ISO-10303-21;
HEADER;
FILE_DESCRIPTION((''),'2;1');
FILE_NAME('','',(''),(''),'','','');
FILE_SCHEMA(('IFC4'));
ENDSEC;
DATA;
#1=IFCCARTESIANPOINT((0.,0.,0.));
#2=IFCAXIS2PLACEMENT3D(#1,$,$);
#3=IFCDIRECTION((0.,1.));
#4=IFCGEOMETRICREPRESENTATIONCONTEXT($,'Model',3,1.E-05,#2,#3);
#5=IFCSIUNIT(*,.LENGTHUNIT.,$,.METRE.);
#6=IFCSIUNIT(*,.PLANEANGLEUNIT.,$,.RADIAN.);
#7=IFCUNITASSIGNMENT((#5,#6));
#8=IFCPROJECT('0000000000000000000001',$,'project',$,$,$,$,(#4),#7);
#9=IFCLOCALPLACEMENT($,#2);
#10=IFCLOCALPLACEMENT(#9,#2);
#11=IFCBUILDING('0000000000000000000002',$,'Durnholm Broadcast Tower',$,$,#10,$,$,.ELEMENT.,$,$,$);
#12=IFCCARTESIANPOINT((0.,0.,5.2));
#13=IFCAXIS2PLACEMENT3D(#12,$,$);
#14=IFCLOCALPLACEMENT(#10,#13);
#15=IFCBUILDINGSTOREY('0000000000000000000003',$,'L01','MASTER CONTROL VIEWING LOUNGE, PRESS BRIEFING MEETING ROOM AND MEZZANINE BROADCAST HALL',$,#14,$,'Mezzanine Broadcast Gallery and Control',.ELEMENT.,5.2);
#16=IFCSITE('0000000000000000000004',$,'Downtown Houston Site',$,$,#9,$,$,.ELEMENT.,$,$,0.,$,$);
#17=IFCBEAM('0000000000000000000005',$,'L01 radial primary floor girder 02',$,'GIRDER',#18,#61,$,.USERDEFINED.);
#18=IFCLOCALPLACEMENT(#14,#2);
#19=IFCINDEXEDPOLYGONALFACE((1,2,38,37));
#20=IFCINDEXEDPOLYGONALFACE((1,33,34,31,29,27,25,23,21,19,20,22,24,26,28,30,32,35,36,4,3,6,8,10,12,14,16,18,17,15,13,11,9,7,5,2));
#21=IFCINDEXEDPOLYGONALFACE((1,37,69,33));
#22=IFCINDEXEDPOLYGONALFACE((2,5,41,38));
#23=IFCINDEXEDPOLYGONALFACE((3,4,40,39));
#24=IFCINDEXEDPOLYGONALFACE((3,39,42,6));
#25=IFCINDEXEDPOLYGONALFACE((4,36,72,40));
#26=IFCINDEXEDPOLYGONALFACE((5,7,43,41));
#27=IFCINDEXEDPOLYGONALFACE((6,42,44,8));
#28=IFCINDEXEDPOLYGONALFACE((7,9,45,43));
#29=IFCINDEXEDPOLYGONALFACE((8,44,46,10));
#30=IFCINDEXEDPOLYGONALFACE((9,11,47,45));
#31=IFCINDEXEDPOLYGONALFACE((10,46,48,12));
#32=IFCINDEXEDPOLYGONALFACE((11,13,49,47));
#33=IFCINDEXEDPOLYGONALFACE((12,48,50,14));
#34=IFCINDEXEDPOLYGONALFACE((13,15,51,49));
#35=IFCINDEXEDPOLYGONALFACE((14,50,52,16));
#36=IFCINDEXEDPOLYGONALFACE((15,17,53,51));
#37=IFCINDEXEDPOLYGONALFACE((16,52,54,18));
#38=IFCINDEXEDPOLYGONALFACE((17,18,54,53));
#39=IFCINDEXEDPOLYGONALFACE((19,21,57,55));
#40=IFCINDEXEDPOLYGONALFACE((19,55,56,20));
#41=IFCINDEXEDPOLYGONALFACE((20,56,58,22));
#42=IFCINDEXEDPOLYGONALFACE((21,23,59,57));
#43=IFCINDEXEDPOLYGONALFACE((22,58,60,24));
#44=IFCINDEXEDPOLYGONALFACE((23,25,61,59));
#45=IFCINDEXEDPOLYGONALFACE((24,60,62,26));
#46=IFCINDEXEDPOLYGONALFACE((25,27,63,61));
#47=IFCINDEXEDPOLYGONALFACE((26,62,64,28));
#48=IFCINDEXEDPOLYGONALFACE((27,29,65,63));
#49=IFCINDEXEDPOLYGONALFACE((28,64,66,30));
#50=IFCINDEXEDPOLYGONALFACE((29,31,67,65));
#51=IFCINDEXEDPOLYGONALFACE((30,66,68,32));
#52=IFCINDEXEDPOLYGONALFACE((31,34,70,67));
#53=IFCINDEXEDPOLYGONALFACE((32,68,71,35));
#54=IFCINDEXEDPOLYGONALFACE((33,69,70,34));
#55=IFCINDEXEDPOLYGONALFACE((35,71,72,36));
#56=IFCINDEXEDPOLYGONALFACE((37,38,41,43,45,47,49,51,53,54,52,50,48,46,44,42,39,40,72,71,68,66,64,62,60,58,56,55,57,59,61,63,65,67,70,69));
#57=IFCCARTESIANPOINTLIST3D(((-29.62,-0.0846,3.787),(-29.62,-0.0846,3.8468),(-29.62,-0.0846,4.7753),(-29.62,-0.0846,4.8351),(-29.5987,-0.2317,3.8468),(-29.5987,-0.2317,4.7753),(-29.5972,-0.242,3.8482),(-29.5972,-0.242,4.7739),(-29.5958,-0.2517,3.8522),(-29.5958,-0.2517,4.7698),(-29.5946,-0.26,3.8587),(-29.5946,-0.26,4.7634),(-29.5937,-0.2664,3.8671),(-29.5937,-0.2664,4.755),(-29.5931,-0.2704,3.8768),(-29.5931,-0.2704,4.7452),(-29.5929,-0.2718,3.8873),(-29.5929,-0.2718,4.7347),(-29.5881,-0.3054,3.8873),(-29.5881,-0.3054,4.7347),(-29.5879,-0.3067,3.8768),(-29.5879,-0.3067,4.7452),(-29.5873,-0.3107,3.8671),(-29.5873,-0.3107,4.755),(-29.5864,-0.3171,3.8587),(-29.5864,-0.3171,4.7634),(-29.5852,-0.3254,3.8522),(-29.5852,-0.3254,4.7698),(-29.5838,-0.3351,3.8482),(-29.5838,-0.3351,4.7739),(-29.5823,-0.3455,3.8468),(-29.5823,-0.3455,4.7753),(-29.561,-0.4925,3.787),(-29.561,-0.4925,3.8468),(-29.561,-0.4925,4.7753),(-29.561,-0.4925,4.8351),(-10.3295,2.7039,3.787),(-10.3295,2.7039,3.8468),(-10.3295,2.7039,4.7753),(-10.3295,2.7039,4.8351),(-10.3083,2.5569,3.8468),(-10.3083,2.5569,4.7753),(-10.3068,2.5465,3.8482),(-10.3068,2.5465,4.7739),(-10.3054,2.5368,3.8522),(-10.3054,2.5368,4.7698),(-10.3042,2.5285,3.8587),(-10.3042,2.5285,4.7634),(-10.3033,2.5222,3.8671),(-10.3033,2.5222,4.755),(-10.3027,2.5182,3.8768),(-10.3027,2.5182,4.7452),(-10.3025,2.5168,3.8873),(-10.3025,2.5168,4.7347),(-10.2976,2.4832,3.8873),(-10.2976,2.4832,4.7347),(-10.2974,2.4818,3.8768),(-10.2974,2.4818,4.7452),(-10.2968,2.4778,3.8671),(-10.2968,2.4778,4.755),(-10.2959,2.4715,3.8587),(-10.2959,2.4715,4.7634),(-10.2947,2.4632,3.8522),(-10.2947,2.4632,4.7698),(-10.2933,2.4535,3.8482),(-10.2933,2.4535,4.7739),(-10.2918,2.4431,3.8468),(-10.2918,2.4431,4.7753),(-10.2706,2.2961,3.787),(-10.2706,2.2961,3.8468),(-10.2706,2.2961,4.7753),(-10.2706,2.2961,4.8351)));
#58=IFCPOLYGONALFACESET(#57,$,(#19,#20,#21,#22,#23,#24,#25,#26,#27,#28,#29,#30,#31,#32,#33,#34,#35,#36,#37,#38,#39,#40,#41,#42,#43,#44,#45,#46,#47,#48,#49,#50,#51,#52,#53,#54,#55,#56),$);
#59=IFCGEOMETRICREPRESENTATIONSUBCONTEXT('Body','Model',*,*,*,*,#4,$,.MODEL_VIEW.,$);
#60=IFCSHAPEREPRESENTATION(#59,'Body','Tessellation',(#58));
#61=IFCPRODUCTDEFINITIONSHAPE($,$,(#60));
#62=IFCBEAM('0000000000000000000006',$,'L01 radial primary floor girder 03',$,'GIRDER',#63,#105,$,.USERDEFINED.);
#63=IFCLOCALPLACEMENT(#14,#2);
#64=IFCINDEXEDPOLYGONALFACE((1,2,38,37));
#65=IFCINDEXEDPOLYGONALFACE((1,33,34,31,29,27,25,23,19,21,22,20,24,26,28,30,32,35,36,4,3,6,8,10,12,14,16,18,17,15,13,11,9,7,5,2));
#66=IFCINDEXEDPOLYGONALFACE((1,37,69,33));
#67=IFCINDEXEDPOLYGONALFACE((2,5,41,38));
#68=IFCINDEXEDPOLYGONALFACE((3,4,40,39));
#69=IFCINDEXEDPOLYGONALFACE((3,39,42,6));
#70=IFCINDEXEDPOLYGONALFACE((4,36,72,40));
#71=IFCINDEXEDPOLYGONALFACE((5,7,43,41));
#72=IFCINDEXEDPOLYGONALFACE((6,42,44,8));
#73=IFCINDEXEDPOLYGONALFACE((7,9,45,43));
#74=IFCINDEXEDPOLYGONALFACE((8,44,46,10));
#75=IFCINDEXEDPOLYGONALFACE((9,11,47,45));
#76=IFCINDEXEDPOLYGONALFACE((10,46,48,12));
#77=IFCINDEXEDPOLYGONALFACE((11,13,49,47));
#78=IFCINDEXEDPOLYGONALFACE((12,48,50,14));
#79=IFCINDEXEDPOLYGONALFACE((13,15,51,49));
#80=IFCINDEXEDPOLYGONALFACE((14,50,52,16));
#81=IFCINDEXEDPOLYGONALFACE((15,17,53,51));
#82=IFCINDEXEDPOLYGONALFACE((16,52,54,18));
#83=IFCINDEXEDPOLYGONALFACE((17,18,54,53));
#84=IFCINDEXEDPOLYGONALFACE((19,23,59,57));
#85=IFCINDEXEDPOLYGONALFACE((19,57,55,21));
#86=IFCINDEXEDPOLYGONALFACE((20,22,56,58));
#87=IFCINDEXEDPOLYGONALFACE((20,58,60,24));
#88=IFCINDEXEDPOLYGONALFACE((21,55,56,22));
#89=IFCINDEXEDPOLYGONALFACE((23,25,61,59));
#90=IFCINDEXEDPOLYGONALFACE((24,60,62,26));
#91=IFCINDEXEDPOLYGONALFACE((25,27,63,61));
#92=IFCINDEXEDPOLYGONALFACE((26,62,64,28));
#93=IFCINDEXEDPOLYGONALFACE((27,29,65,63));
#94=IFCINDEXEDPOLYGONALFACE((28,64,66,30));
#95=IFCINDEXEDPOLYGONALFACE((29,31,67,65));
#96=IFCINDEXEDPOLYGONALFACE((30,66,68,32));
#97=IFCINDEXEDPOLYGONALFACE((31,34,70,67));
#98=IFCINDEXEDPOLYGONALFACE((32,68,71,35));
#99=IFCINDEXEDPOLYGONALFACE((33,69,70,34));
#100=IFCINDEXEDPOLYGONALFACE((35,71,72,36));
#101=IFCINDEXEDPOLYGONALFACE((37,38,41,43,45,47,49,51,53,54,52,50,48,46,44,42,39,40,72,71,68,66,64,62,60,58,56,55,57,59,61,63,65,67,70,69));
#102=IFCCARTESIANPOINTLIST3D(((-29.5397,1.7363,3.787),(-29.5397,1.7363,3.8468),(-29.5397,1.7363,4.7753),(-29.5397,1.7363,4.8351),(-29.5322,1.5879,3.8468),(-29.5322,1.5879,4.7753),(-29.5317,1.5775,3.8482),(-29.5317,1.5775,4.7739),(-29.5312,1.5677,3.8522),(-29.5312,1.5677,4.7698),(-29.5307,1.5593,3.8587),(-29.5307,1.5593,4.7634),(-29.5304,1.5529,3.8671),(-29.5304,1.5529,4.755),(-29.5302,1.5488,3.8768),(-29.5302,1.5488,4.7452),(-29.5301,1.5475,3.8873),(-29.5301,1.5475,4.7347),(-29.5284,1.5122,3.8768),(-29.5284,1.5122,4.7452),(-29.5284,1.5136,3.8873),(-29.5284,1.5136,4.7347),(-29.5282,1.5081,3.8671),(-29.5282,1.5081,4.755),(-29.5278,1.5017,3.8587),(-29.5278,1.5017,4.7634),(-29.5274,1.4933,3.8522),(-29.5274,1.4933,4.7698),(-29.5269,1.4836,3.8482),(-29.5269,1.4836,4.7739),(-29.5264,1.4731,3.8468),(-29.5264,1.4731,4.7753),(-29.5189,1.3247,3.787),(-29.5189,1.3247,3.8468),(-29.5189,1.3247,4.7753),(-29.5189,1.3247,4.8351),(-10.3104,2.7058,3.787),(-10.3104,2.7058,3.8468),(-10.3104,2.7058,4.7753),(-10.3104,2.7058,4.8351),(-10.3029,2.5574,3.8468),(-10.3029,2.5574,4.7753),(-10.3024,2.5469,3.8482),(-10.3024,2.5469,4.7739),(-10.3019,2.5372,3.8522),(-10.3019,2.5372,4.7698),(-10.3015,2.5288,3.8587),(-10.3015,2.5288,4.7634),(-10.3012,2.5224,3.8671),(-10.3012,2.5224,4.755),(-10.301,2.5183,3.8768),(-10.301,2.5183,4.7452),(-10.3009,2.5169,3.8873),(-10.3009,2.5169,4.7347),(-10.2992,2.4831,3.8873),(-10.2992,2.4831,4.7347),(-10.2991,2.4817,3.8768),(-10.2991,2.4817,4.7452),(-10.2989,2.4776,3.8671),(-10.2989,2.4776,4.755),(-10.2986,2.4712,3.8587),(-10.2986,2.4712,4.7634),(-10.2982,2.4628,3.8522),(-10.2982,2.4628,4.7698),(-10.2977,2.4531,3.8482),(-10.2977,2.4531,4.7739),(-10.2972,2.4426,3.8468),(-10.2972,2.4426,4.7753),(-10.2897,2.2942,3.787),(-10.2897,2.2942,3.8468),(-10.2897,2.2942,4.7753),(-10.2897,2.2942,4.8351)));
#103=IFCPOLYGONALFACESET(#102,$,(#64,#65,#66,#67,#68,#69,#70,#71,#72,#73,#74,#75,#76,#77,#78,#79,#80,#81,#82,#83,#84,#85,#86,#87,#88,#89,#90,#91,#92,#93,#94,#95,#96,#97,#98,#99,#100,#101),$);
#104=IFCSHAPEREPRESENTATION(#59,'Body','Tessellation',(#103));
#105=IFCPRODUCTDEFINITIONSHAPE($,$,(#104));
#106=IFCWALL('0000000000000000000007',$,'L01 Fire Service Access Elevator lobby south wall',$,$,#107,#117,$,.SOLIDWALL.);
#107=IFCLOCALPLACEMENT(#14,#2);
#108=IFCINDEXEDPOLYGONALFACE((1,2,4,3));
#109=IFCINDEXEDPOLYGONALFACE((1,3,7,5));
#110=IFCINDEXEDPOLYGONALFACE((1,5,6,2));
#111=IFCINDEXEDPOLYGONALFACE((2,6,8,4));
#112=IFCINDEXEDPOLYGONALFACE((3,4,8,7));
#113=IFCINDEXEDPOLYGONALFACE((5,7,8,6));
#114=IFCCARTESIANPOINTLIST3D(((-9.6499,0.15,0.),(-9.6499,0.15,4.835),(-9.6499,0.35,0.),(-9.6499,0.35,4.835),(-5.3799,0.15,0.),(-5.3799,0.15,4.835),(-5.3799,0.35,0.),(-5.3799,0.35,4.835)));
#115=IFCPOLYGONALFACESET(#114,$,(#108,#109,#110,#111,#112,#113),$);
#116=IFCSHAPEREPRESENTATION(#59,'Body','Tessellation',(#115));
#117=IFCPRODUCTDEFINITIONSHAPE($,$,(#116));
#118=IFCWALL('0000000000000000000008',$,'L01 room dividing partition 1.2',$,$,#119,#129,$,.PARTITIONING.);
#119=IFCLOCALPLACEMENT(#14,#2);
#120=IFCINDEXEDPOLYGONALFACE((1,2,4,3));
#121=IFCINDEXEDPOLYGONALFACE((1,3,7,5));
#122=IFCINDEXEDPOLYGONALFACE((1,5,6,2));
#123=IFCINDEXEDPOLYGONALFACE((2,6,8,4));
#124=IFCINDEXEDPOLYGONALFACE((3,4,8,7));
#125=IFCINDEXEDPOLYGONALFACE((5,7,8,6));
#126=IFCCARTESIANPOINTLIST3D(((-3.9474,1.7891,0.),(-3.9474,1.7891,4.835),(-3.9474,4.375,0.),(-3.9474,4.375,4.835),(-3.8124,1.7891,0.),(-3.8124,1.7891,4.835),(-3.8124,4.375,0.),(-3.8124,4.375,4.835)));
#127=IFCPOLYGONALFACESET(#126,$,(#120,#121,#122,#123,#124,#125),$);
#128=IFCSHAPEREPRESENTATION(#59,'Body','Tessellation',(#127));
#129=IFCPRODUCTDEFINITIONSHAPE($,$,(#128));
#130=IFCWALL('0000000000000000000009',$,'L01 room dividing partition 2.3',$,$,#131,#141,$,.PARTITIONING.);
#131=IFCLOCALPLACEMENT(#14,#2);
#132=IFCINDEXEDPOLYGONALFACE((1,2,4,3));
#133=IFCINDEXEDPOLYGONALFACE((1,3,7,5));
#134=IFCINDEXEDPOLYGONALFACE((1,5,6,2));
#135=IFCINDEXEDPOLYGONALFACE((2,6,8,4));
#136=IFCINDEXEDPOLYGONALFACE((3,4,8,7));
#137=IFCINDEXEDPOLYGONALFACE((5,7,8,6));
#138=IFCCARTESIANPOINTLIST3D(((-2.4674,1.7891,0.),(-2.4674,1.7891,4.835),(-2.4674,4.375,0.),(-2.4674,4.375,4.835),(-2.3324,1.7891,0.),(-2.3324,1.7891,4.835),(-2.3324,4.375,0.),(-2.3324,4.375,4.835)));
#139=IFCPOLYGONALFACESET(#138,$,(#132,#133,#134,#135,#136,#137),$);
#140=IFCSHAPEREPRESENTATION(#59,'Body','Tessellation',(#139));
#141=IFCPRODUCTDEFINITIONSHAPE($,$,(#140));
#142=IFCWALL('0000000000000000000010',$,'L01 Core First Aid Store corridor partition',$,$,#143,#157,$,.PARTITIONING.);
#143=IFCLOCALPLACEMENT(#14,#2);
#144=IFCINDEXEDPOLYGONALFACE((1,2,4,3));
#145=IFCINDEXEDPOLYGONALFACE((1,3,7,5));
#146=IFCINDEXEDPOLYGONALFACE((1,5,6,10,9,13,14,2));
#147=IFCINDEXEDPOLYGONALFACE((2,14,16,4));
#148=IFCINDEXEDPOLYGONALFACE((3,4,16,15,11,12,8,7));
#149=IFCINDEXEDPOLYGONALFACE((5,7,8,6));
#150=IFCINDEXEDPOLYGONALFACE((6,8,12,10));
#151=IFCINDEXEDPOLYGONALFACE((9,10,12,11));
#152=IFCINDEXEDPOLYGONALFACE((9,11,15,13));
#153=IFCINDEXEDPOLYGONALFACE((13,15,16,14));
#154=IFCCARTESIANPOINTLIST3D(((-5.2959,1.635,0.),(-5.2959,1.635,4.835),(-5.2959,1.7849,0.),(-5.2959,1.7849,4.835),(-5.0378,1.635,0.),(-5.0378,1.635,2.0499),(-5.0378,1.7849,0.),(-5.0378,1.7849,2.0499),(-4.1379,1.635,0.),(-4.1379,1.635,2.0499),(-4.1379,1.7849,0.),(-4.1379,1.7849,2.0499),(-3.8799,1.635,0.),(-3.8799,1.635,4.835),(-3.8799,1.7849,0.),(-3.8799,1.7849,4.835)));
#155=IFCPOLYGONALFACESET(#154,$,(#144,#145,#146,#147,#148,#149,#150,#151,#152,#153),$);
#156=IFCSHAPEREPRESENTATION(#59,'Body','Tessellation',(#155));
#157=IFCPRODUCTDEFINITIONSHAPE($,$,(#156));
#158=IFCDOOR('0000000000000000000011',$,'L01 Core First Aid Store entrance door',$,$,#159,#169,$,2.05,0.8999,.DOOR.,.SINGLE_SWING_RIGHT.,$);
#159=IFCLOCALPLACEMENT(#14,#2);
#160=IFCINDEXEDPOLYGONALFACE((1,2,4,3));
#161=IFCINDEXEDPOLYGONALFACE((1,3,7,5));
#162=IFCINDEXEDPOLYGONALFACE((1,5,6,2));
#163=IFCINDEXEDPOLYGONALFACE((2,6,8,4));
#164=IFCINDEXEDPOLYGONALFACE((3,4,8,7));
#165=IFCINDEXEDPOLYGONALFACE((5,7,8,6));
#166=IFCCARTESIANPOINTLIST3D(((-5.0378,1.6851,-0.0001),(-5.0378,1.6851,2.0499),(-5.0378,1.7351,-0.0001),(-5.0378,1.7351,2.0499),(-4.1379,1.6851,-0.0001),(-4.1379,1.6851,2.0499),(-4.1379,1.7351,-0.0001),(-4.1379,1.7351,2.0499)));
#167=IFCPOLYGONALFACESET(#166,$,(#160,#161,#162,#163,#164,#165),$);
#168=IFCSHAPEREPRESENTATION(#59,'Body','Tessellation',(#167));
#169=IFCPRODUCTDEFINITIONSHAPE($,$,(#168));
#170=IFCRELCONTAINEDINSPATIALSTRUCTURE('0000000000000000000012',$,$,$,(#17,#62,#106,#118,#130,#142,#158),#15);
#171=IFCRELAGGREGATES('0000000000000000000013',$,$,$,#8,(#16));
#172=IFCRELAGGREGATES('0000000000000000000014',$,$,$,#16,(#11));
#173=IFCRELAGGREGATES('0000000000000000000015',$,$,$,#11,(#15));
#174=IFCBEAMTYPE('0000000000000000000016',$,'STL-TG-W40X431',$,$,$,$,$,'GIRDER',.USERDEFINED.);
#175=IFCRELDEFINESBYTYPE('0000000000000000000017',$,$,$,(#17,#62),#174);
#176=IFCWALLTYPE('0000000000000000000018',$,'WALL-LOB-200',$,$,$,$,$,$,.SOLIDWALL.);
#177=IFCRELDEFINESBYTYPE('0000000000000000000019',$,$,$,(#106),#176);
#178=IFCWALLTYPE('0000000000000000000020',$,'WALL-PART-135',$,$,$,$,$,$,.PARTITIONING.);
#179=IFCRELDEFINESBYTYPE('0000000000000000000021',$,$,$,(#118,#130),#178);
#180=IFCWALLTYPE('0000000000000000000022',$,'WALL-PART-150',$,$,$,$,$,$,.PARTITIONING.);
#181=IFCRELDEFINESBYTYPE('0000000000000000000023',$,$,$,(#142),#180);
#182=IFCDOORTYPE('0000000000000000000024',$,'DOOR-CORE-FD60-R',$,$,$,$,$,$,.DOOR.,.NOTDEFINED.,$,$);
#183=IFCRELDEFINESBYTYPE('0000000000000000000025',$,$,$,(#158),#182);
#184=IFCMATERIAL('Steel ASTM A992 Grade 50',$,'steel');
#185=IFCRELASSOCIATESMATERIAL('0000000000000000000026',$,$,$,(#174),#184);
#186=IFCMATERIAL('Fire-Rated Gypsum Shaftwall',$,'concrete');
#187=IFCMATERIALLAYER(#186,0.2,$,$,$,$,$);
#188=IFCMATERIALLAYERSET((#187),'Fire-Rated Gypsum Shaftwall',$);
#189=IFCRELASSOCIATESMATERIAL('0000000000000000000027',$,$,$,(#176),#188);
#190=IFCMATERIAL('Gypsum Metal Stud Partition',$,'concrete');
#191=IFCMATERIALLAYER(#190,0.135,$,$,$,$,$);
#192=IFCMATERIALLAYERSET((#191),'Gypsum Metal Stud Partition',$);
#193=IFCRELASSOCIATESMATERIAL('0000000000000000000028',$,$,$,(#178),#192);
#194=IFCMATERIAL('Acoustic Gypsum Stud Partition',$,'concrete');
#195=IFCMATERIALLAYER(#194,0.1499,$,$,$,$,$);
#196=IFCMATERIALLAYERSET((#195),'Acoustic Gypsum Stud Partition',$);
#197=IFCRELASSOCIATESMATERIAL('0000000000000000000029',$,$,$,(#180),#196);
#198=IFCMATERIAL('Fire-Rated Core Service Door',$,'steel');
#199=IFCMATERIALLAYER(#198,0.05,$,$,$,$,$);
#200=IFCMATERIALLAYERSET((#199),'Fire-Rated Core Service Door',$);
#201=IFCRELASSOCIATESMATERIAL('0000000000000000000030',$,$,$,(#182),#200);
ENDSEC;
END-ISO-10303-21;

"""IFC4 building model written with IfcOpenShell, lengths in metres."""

from ifc_helpers import new_model, si_unit, direction, frame, frame_2d, origin, origin_2d, place, context, subcontext, project, spatial, rectangle, i_section, extrude, source, transform, mapped, material, layer, layer_set, material_profile, profile_set, type_object, type_shapes, element, fill, save


model = new_model("IFC4")

# Units and contexts
model_context = context("Model", 3, precision=1e-05, world=origin(), true_north=direction((0.0, 1.0)))
body_context = subcontext(model_context, "Body", "Model", "MODEL_VIEW")
ifc_project = project(units=[si_unit("LENGTHUNIT", "METRE"), si_unit("PLANEANGLEUNIT", "RADIAN")], contexts=[model_context])

# Site, building, storey
site_placement = place(None, origin())
site = spatial("IfcSite", under=ifc_project, at=site_placement, Name="Downtown Houston Site", CompositionType="ELEMENT", RefElevation=0.0)
building_placement = place(site_placement, origin())
building = spatial("IfcBuilding", under=site, at=building_placement, Name="Durnholm Broadcast Tower", CompositionType="ELEMENT")
storey_placement = place(building_placement, frame((0.0, 0.0, 5.2)))
storey = spatial("IfcBuildingStorey", under=building, at=storey_placement, Name="L01", Description="MASTER CONTROL VIEWING LOUNGE, PRESS BRIEFING MEETING ROOM AND MEZZANINE BROADCAST HALL", LongName="Mezzanine Broadcast Gallery and Control", CompositionType="ELEMENT", Elevation=5.2)

# Beams
ifc_material_1 = material(Name="Steel ASTM A992 Grade 50", Category="steel")
ifc_material_profile = material_profile(ifc_material_1, i_section(OverallWidth=0.4121, OverallDepth=1.0481, WebThickness=0.0339, FlangeThickness=0.0598, FilletRadius=0.0405, at=origin_2d()), Name="W40X431")
ifc_profile_set = profile_set([ifc_material_profile], Name="Steel ASTM A992 Grade 50")
beam_type = type_object("IfcBeamType", Name="STL-TG-W40X431", ElementType="GIRDER", PredefinedType="USERDEFINED", material=ifc_profile_set)
shared_shape_1 = source(origin(), body_context, "Body", "SweptSolid", [
    extrude(i_section(OverallWidth=0.4121, OverallDepth=1.0481, WebThickness=0.0339, FlangeThickness=0.0598, FilletRadius=0.0405, at=origin_2d()), origin(), (0.0, 0.0, 1.0), 19.491),
])
beam_1_placement = place(storey_placement, frame((-10.3, 2.5, 4.311), z_axis=(-0.989713, -0.14307, 0.0), x_axis=(0.14307, -0.989713, 0.0)))
element("IfcBeam", 1, at=beam_1_placement, inside=storey, type_object=beam_type, Name="L01 radial primary floor girder 02", ObjectType="GIRDER", PredefinedType="USERDEFINED", context=body_context, shape_type="MappedRepresentation", body=[
    mapped(shared_shape_1, transform((0.0, 0.0, 0.0), x_axis=(1.0, 0.0, 0.0), y_axis=(0.0, 1.0, 0.0), z_axis=(0.0, 0.0, 1.0), scale=1.0)),
])
shared_shape_2 = source(origin(), body_context, "Body", "SweptSolid", [
    extrude(i_section(OverallWidth=0.4121, OverallDepth=1.0481, WebThickness=0.0339, FlangeThickness=0.0598, FilletRadius=0.0405, at=origin_2d()), origin(), (0.0, 0.0, 1.0), 19.2537),
])
type_shapes(beam_type, [shared_shape_1, shared_shape_2])
beam_2_placement = place(storey_placement, frame((-10.3, 2.5, 4.311), z_axis=(-0.998731, -0.050353, 0.0), x_axis=(0.050353, -0.998731, 0.0)))
element("IfcBeam", 2, at=beam_2_placement, inside=storey, type_object=beam_type, Name="L01 radial primary floor girder 03", ObjectType="GIRDER", PredefinedType="USERDEFINED", context=body_context, shape_type="MappedRepresentation", body=[
    mapped(shared_shape_2, transform((0.0, 0.0, 0.0), x_axis=(1.0, 0.0, 0.0), y_axis=(0.0, 1.0, 0.0), z_axis=(0.0, 0.0, 1.0), scale=1.0)),
])

# Wall
ifc_material_2 = material(Name="Fire-Rated Gypsum Shaftwall", Category="concrete")
ifc_layer_1 = layer(ifc_material_2, 0.2)
ifc_layer_set_1 = layer_set([ifc_layer_1], Name="Fire-Rated Gypsum Shaftwall")
wall_type_1 = type_object("IfcWallType", Name="WALL-LOB-200", PredefinedType="SOLIDWALL", material=ifc_layer_set_1)
wall_1_placement = place(storey_placement, frame((-9.6499, 0.25, 0.0), z_axis=(0.0, 0.0, 1.0), x_axis=(1.0, 0.0, 0.0)))
element("IfcWall", 3, at=wall_1_placement, inside=storey, type_object=wall_type_1, Name="L01 Fire Service Access Elevator lobby south wall", PredefinedType="SOLIDWALL", context=body_context, shape_type="SweptSolid", body=[
    extrude(rectangle(XDim=4.27, YDim=0.2, at=frame_2d((2.135, 0.0))), origin(), (0.0, 0.0, 1.0), 4.835),
])

# Walls
ifc_material_3 = material(Name="Gypsum Metal Stud Partition", Category="concrete")
ifc_layer_2 = layer(ifc_material_3, 0.135)
ifc_layer_set_2 = layer_set([ifc_layer_2], Name="Gypsum Metal Stud Partition")
wall_type_2 = type_object("IfcWallType", Name="WALL-PART-135", PredefinedType="PARTITIONING", material=ifc_layer_set_2)
for number, where, z_axis, x_axis, name in (
    (4, (-3.8799, 4.375, 0.0), (0.0, 0.0, 1.0), (0.0, -1.0, 0.0), "L01 room dividing partition 1.2"),
    (5, (-2.3999, 4.375, 0.0), (0.0, 0.0, 1.0), (0.0, -1.0, 0.0), "L01 room dividing partition 2.3"),
):
    element("IfcWall", number, at=place(storey_placement, frame(where, z_axis=z_axis, x_axis=x_axis)), inside=storey, type_object=wall_type_2, Name=name, PredefinedType="PARTITIONING", context=body_context, shape_type="SweptSolid", body=[
        extrude(rectangle(XDim=2.5859, YDim=0.135, at=frame_2d((1.293, 0.0))), origin(), (0.0, 0.0, 1.0), 4.835),
    ])

# Wall, opening, door
ifc_material_4 = material(Name="Acoustic Gypsum Stud Partition", Category="concrete")
ifc_layer_3 = layer(ifc_material_4, 0.1499)
ifc_layer_set_3 = layer_set([ifc_layer_3], Name="Acoustic Gypsum Stud Partition")
wall_type_3 = type_object("IfcWallType", Name="WALL-PART-150", PredefinedType="PARTITIONING", material=ifc_layer_set_3)
wall_2_placement = place(storey_placement, frame((-3.8799, 1.71, 0.0), z_axis=(0.0, 0.0, 1.0), x_axis=(-1.0, 0.0, 0.0)))
wall_2 = element("IfcWall", 6, at=wall_2_placement, inside=storey, type_object=wall_type_3, Name="L01 Core First Aid Store corridor partition", PredefinedType="PARTITIONING", context=body_context, shape_type="SweptSolid", body=[
    extrude(rectangle(XDim=1.416, YDim=0.1499, at=frame_2d((0.708, 0.0))), origin(), (0.0, 0.0, 1.0), 4.835),
])
opening_1_placement = place(wall_2_placement, frame((0.2581, 0.0, 0.0)))
opening_1 = element("IfcOpeningElement", 7, at=opening_1_placement, cuts=wall_2, PredefinedType="OPENING", context=body_context, shape_type="SweptSolid", body=[
    extrude(rectangle(XDim=0.8999, YDim=2.05, at=frame_2d((0.45, 1.0249))), frame((0.0, 0.085, 0.0), z_axis=(0.0, -1.0, 0.0), x_axis=(1.0, 0.0, 0.0)), (0.0, 0.0, 1.0), 0.1699),
])
ifc_material_5 = material(Name="Fire-Rated Core Service Door", Category="steel")
ifc_layer_4 = layer(ifc_material_5, 0.05)
ifc_layer_set_4 = layer_set([ifc_layer_4], Name="Fire-Rated Core Service Door")
door_type_1 = type_object("IfcDoorType", Name="DOOR-CORE-FD60-R", OperationType="NOTDEFINED", PredefinedType="DOOR", material=ifc_layer_set_4)
shared_shape_3 = source(origin(), body_context, "Body", "SweptSolid", [
    extrude(rectangle(XDim=0.8999, YDim=2.05, at=frame_2d((0.45, 1.0249))), frame((0.0, 0.0249, 0.0), z_axis=(0.0, -1.0, 0.0), x_axis=(1.0, 0.0, 0.0)), (0.0, 0.0, 1.0), 0.05),
])
type_shapes(door_type_1, [shared_shape_3])
door_1_placement = place(opening_1_placement, origin())
door_1 = element("IfcDoor", 8, at=door_1_placement, inside=storey, type_object=door_type_1, Name="L01 Core First Aid Store entrance door", OperationType="SINGLE_SWING_RIGHT", OverallHeight=2.05, OverallWidth=0.8999, PredefinedType="DOOR", context=body_context, shape_type="MappedRepresentation", body=[
    mapped(shared_shape_3, transform((0.0, 0.0, 0.0), x_axis=(1.0, 0.0, 0.0), y_axis=(0.0, 1.0, 0.0), z_axis=(0.0, 0.0, 1.0), scale=1.0)),
])
fill(opening_1, door_1)

save(model, "model.ifc")
